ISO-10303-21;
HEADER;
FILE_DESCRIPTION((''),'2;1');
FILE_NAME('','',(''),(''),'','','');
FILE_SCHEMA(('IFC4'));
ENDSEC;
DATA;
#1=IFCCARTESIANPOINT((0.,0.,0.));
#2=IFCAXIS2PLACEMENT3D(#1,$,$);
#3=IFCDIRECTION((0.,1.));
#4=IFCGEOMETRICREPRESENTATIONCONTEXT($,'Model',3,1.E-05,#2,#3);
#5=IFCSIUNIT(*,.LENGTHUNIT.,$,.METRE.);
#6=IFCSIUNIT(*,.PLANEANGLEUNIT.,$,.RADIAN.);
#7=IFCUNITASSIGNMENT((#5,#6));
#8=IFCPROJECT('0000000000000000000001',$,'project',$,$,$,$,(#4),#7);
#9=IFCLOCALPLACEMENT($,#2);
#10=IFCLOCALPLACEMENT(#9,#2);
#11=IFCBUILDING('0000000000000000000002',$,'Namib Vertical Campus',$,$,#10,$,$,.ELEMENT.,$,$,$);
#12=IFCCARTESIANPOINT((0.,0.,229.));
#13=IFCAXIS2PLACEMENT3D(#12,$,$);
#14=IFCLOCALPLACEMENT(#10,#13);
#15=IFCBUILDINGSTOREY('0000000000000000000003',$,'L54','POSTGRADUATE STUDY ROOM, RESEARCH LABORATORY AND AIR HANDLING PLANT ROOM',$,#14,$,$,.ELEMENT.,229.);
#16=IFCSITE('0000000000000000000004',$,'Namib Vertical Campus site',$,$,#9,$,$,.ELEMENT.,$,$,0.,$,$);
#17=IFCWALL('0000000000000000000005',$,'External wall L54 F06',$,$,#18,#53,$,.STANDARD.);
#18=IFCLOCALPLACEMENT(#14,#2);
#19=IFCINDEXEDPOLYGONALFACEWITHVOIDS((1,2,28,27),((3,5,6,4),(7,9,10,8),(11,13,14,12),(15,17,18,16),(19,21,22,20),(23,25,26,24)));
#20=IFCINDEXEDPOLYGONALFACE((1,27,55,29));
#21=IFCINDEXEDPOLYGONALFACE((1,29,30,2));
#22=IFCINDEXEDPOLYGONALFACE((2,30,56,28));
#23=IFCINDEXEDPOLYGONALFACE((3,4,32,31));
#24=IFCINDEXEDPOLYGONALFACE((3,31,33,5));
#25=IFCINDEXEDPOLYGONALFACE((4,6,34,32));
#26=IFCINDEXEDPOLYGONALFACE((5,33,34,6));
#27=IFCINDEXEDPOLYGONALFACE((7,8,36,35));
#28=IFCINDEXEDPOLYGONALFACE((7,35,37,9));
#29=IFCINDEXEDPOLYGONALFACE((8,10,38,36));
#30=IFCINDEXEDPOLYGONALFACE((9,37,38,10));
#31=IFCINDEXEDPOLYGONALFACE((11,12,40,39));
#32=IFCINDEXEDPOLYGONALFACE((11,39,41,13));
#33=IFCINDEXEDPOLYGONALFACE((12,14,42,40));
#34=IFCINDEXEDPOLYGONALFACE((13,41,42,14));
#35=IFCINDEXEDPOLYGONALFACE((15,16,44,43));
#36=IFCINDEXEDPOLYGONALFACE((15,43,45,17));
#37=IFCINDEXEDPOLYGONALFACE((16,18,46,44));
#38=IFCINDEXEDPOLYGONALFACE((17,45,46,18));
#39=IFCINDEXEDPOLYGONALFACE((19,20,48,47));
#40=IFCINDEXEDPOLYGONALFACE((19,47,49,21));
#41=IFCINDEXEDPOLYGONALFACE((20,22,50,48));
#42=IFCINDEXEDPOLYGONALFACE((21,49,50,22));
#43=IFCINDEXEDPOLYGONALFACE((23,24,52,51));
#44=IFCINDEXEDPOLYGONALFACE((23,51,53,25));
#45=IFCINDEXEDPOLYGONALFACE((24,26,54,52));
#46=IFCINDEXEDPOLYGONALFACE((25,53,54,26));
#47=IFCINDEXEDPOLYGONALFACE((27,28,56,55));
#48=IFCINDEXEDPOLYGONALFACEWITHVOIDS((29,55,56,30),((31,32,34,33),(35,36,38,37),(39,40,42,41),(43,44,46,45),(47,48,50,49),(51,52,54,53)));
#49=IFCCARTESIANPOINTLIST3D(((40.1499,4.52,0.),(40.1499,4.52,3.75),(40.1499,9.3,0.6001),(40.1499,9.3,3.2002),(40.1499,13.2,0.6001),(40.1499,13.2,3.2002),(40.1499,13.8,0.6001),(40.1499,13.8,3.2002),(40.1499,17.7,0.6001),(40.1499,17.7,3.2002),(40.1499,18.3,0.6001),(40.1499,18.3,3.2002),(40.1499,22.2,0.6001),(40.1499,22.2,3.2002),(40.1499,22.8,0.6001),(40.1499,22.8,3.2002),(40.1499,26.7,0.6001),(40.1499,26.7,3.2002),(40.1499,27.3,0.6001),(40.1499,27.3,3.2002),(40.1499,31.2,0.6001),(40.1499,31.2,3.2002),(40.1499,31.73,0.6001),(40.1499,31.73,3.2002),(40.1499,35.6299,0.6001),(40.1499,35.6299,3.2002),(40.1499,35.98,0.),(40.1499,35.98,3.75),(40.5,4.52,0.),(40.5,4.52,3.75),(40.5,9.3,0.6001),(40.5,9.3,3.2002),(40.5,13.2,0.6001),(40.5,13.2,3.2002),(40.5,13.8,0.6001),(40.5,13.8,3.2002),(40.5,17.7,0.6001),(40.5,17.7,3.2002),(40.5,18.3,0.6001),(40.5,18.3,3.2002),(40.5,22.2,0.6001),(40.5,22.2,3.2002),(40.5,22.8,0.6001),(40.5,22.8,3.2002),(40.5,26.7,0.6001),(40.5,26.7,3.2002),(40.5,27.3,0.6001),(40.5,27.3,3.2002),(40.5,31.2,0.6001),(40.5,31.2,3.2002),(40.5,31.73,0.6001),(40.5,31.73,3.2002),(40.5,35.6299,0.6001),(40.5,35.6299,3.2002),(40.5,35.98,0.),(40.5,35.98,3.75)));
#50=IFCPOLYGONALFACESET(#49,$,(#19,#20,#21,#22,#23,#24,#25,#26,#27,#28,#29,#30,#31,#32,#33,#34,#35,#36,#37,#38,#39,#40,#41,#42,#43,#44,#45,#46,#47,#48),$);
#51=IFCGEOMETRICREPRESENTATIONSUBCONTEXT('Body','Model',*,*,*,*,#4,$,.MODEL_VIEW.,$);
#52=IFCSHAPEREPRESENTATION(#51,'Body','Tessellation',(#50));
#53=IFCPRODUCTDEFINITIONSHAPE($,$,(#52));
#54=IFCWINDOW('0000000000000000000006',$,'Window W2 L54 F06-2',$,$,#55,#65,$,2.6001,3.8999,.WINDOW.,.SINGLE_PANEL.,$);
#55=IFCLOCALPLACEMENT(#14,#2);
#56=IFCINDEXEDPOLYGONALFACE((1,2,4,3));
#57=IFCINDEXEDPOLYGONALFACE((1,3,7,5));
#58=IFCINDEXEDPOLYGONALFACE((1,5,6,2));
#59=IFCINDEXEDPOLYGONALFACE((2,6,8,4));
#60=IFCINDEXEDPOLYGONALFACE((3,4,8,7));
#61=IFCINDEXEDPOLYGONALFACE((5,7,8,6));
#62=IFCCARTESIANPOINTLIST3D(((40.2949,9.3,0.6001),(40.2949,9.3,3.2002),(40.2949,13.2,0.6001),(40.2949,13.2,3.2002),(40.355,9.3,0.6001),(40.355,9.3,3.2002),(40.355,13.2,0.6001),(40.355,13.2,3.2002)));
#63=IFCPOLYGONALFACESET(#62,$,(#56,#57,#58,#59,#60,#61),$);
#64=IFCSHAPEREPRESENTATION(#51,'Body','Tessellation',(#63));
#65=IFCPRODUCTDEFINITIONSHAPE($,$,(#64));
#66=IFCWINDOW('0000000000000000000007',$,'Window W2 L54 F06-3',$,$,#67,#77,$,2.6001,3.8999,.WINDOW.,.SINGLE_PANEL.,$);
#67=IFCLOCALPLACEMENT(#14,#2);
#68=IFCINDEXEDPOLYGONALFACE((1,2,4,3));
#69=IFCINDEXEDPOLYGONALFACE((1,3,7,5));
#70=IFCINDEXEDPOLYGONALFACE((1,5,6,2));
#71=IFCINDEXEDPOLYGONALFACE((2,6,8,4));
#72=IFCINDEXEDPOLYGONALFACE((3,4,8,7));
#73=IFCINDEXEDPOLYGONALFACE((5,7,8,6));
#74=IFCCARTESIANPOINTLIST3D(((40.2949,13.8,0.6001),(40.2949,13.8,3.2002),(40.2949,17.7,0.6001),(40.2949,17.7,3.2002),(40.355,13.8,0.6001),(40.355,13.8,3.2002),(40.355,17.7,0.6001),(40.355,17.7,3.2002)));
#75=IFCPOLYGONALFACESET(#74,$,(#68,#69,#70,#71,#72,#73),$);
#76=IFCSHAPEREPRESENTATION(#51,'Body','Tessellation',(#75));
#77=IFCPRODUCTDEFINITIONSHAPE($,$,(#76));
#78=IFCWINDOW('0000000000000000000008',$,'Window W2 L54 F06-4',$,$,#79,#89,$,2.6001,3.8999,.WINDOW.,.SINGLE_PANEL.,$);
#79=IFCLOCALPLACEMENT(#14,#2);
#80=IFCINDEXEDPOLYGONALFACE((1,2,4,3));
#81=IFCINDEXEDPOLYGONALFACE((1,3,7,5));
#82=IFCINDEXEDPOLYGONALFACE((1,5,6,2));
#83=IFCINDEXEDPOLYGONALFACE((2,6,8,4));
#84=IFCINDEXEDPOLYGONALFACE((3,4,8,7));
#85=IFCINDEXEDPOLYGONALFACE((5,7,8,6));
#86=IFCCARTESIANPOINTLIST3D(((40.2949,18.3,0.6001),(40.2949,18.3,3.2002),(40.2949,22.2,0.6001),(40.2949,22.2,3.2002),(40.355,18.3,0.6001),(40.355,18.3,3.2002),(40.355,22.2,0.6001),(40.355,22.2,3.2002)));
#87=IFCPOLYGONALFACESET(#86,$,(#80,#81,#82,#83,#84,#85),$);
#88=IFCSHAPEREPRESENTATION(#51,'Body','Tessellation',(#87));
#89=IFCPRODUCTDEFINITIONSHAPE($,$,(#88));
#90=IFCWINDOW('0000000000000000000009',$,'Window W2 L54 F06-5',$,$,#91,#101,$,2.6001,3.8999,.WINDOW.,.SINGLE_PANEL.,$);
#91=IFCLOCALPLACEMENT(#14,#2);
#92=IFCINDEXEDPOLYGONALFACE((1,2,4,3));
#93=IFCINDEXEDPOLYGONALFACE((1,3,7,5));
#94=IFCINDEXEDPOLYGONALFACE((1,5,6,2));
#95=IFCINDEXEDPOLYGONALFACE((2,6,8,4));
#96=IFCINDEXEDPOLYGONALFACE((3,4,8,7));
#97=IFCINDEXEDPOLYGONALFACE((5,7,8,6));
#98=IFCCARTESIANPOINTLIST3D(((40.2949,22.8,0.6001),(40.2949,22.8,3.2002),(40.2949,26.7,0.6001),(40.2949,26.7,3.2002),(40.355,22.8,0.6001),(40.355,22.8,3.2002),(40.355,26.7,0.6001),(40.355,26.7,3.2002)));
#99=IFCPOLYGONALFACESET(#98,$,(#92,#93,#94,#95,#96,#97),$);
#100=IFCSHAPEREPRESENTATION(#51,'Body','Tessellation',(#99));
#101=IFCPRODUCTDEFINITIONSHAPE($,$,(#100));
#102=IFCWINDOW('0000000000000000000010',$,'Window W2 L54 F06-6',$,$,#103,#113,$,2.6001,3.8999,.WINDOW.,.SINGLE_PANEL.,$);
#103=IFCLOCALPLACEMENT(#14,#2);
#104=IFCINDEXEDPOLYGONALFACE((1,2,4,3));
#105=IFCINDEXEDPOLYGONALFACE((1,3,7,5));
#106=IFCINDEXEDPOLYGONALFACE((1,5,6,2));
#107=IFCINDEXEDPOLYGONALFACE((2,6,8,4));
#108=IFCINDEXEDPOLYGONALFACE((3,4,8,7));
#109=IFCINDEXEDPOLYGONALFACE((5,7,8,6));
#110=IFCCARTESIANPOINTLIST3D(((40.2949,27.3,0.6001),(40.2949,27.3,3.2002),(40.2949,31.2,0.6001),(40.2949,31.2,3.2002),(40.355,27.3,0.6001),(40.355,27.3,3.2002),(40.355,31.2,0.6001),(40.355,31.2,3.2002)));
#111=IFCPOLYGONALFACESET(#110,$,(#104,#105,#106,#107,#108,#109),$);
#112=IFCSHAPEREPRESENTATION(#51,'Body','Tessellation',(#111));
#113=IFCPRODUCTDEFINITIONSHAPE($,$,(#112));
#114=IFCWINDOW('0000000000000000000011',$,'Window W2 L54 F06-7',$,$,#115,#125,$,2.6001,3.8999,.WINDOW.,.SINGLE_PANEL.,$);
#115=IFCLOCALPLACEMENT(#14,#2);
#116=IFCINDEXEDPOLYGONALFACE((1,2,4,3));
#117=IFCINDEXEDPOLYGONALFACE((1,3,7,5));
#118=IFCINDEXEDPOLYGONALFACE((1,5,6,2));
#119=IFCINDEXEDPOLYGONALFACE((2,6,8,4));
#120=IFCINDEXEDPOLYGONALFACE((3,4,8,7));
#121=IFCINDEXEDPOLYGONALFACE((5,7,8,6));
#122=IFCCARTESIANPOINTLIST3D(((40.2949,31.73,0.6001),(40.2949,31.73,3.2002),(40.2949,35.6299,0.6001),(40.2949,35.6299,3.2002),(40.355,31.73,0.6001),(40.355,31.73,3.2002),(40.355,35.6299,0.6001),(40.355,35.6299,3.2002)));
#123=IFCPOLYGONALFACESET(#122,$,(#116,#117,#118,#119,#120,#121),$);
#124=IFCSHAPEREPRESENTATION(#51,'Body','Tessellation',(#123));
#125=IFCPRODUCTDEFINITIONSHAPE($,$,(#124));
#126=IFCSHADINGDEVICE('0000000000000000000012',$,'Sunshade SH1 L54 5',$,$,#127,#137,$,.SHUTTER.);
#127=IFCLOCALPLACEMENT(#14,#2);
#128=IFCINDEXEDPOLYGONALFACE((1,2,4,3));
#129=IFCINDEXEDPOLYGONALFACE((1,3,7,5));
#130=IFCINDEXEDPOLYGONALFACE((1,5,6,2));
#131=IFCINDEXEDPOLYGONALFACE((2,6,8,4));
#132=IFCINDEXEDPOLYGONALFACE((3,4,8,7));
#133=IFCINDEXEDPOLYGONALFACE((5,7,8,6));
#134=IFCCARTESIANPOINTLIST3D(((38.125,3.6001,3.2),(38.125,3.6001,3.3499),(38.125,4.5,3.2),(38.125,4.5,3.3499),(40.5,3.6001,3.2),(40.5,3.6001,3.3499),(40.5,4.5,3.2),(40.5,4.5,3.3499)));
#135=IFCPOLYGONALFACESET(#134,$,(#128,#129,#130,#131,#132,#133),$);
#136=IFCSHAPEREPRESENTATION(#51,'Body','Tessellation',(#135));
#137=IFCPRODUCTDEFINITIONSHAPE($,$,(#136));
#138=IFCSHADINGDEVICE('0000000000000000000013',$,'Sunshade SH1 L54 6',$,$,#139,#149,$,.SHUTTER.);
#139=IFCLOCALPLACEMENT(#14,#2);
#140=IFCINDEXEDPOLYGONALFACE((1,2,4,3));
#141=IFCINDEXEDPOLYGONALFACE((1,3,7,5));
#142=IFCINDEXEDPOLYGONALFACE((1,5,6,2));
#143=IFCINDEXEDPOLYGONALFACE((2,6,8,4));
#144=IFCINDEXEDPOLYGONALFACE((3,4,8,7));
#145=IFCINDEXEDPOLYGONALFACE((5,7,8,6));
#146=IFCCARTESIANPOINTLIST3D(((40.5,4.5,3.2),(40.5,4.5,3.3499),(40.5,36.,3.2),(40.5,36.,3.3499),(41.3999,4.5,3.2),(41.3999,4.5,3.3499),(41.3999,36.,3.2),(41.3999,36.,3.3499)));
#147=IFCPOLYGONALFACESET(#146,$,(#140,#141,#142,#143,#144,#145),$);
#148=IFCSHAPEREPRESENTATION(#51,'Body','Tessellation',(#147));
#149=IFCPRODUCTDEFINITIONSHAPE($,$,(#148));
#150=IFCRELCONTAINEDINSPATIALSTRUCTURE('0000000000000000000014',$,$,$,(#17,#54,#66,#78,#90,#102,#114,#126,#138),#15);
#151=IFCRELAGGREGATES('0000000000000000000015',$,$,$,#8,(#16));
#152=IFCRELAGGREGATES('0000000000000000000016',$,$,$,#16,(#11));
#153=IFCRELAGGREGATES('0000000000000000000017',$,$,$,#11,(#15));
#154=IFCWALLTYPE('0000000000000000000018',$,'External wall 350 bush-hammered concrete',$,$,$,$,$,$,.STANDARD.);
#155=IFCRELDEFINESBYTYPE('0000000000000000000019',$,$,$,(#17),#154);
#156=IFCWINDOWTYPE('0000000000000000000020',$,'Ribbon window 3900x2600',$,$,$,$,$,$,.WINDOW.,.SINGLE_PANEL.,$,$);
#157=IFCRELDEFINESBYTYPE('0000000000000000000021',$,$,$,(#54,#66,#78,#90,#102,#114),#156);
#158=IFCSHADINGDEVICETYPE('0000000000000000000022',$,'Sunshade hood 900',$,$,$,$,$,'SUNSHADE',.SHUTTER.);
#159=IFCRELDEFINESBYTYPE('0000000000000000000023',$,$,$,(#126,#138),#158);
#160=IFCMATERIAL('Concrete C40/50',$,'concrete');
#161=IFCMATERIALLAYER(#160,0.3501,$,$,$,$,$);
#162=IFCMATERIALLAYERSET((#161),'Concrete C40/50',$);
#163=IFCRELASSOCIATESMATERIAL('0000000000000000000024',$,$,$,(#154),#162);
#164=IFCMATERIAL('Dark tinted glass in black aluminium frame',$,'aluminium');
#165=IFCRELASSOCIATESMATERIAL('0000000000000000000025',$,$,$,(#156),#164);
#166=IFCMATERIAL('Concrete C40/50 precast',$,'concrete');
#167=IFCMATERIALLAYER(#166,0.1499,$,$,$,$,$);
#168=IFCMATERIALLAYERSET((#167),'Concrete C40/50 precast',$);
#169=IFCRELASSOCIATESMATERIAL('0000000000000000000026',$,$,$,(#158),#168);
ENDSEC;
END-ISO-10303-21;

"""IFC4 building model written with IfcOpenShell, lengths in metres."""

from ifc_helpers import new_model, si_unit, direction, frame, frame_2d, origin, origin_2d, place, context, subcontext, project, spatial, rectangle, extrude, material, layer, layer_set, type_object, element, fill, save


model = new_model("IFC4")

# Units and contexts
model_context = context("Model", 3, precision=1e-05, world=origin(), true_north=direction((0.0, 1.0)))
body_context = subcontext(model_context, "Body", "Model", "MODEL_VIEW")
ifc_project = project(units=[si_unit("LENGTHUNIT", "METRE"), si_unit("PLANEANGLEUNIT", "RADIAN")], contexts=[model_context])

# Site, building, storey
site_placement = place(None, origin())
site = spatial("IfcSite", under=ifc_project, at=site_placement, Name="Namib Vertical Campus site", CompositionType="ELEMENT", RefElevation=0.0)
building_placement = place(site_placement, origin())
building = spatial("IfcBuilding", under=site, at=building_placement, Name="Namib Vertical Campus", CompositionType="ELEMENT")
storey_placement = place(building_placement, frame((0.0, 0.0, 229.0)))
storey = spatial("IfcBuildingStorey", under=building, at=storey_placement, Name="L54", Description="POSTGRADUATE STUDY ROOM, RESEARCH LABORATORY AND AIR HANDLING PLANT ROOM", CompositionType="ELEMENT", Elevation=229.0)

# Wall, openings, windows
ifc_material_1 = material(Name="Concrete C40/50", Category="concrete")
ifc_layer_1 = layer(ifc_material_1, 0.3501)
ifc_layer_set_1 = layer_set([ifc_layer_1], Name="Concrete C40/50")
wall_type_1 = type_object("IfcWallType", Name="External wall 350 bush-hammered concrete", PredefinedType="STANDARD", material=ifc_layer_set_1)
wall_1_placement = place(storey_placement, frame((40.325, 4.52, 0.0), z_axis=(0.0, 0.0, 1.0), x_axis=(0.0, 1.0, 0.0)))
wall_1 = element("IfcWall", 1, at=wall_1_placement, inside=storey, type_object=wall_type_1, Name="External wall L54 F06", PredefinedType="STANDARD", context=body_context, shape_type="SweptSolid", body=[
    extrude(rectangle(XDim=31.46, YDim=0.3501, at=frame_2d((15.73, 0.0))), origin(), (0.0, 0.0, 1.0), 3.75),
])
opening_1_placement = place(wall_1_placement, frame((4.78, 0.0, 0.6001)))
opening_1 = element("IfcOpeningElement", 2, at=opening_1_placement, cuts=wall_1, PredefinedType="OPENING", context=body_context, shape_type="SweptSolid", body=[
    extrude(rectangle(XDim=3.8999, YDim=2.6001, at=frame_2d((1.95, 1.3))), frame((0.0, 0.1851, 0.0), z_axis=(0.0, -1.0, 0.0), x_axis=(1.0, 0.0, 0.0)), (0.0, 0.0, 1.0), 0.3701),
])
opening_2_placement = place(wall_1_placement, frame((9.28, 0.0, 0.6001)))
opening_2 = element("IfcOpeningElement", 3, at=opening_2_placement, cuts=wall_1, PredefinedType="OPENING", context=body_context, shape_type="SweptSolid", body=[
    extrude(rectangle(XDim=3.8999, YDim=2.6001, at=frame_2d((1.95, 1.3))), frame((0.0, 0.1851, 0.0), z_axis=(0.0, -1.0, 0.0), x_axis=(1.0, 0.0, 0.0)), (0.0, 0.0, 1.0), 0.3701),
])
opening_3_placement = place(wall_1_placement, frame((13.78, 0.0, 0.6001)))
opening_3 = element("IfcOpeningElement", 4, at=opening_3_placement, cuts=wall_1, PredefinedType="OPENING", context=body_context, shape_type="SweptSolid", body=[
    extrude(rectangle(XDim=3.8999, YDim=2.6001, at=frame_2d((1.95, 1.3))), frame((0.0, 0.1851, 0.0), z_axis=(0.0, -1.0, 0.0), x_axis=(1.0, 0.0, 0.0)), (0.0, 0.0, 1.0), 0.3701),
])
opening_4_placement = place(wall_1_placement, frame((18.28, 0.0, 0.6001)))
opening_4 = element("IfcOpeningElement", 5, at=opening_4_placement, cuts=wall_1, PredefinedType="OPENING", context=body_context, shape_type="SweptSolid", body=[
    extrude(rectangle(XDim=3.8999, YDim=2.6001, at=frame_2d((1.95, 1.3))), frame((0.0, 0.1851, 0.0), z_axis=(0.0, -1.0, 0.0), x_axis=(1.0, 0.0, 0.0)), (0.0, 0.0, 1.0), 0.3701),
])
opening_5_placement = place(wall_1_placement, frame((22.78, 0.0, 0.6001)))
opening_5 = element("IfcOpeningElement", 6, at=opening_5_placement, cuts=wall_1, PredefinedType="OPENING", context=body_context, shape_type="SweptSolid", body=[
    extrude(rectangle(XDim=3.8999, YDim=2.6001, at=frame_2d((1.95, 1.3))), frame((0.0, 0.1851, 0.0), z_axis=(0.0, -1.0, 0.0), x_axis=(1.0, 0.0, 0.0)), (0.0, 0.0, 1.0), 0.3701),
])
opening_6_placement = place(wall_1_placement, frame((27.21, 0.0, 0.6001)))
opening_6 = element("IfcOpeningElement", 7, at=opening_6_placement, cuts=wall_1, PredefinedType="OPENING", context=body_context, shape_type="SweptSolid", body=[
    extrude(rectangle(XDim=3.8999, YDim=2.6001, at=frame_2d((1.95, 1.3))), frame((0.0, 0.1851, 0.0), z_axis=(0.0, -1.0, 0.0), x_axis=(1.0, 0.0, 0.0)), (0.0, 0.0, 1.0), 0.3701),
])
ifc_material_2 = material(Name="Dark tinted glass in black aluminium frame", Category="aluminium")
window_type_1 = type_object("IfcWindowType", Name="Ribbon window 3900x2600", PartitioningType="SINGLE_PANEL", PredefinedType="WINDOW", material=ifc_material_2)
window_1_placement = place(opening_1_placement, origin())
window_1 = element("IfcWindow", 8, at=window_1_placement, inside=storey, type_object=window_type_1, Name="Window W2 L54 F06-2", OverallHeight=2.6001, OverallWidth=3.8999, PartitioningType="SINGLE_PANEL", PredefinedType="WINDOW", context=body_context, shape_type="SweptSolid", body=[
    extrude(rectangle(XDim=3.8999, YDim=2.6001, at=frame_2d((1.95, 1.3))), frame((0.0, 0.03, 0.0), z_axis=(0.0, -1.0, 0.0), x_axis=(1.0, 0.0, 0.0)), (0.0, 0.0, 1.0), 0.0601),
])
fill(opening_1, window_1)
window_2_placement = place(opening_2_placement, origin())
window_2 = element("IfcWindow", 9, at=window_2_placement, inside=storey, type_object=window_type_1, Name="Window W2 L54 F06-3", OverallHeight=2.6001, OverallWidth=3.8999, PartitioningType="SINGLE_PANEL", PredefinedType="WINDOW", context=body_context, shape_type="SweptSolid", body=[
    extrude(rectangle(XDim=3.8999, YDim=2.6001, at=frame_2d((1.95, 1.3))), frame((0.0, 0.03, 0.0), z_axis=(0.0, -1.0, 0.0), x_axis=(1.0, 0.0, 0.0)), (0.0, 0.0, 1.0), 0.0601),
])
fill(opening_2, window_2)
window_3_placement = place(opening_3_placement, origin())
window_3 = element("IfcWindow", 10, at=window_3_placement, inside=storey, type_object=window_type_1, Name="Window W2 L54 F06-4", OverallHeight=2.6001, OverallWidth=3.8999, PartitioningType="SINGLE_PANEL", PredefinedType="WINDOW", context=body_context, shape_type="SweptSolid", body=[
    extrude(rectangle(XDim=3.8999, YDim=2.6001, at=frame_2d((1.95, 1.3))), frame((0.0, 0.03, 0.0), z_axis=(0.0, -1.0, 0.0), x_axis=(1.0, 0.0, 0.0)), (0.0, 0.0, 1.0), 0.0601),
])
fill(opening_3, window_3)
window_4_placement = place(opening_4_placement, origin())
window_4 = element("IfcWindow", 11, at=window_4_placement, inside=storey, type_object=window_type_1, Name="Window W2 L54 F06-5", OverallHeight=2.6001, OverallWidth=3.8999, PartitioningType="SINGLE_PANEL", PredefinedType="WINDOW", context=body_context, shape_type="SweptSolid", body=[
    extrude(rectangle(XDim=3.8999, YDim=2.6001, at=frame_2d((1.95, 1.3))), frame((0.0, 0.03, 0.0), z_axis=(0.0, -1.0, 0.0), x_axis=(1.0, 0.0, 0.0)), (0.0, 0.0, 1.0), 0.0601),
])
fill(opening_4, window_4)
window_5_placement = place(opening_5_placement, origin())
window_5 = element("IfcWindow", 12, at=window_5_placement, inside=storey, type_object=window_type_1, Name="Window W2 L54 F06-6", OverallHeight=2.6001, OverallWidth=3.8999, PartitioningType="SINGLE_PANEL", PredefinedType="WINDOW", context=body_context, shape_type="SweptSolid", body=[
    extrude(rectangle(XDim=3.8999, YDim=2.6001, at=frame_2d((1.95, 1.3))), frame((0.0, 0.03, 0.0), z_axis=(0.0, -1.0, 0.0), x_axis=(1.0, 0.0, 0.0)), (0.0, 0.0, 1.0), 0.0601),
])
fill(opening_5, window_5)
window_6_placement = place(opening_6_placement, origin())
window_6 = element("IfcWindow", 13, at=window_6_placement, inside=storey, type_object=window_type_1, Name="Window W2 L54 F06-7", OverallHeight=2.6001, OverallWidth=3.8999, PartitioningType="SINGLE_PANEL", PredefinedType="WINDOW", context=body_context, shape_type="SweptSolid", body=[
    extrude(rectangle(XDim=3.8999, YDim=2.6001, at=frame_2d((1.95, 1.3))), frame((0.0, 0.03, 0.0), z_axis=(0.0, -1.0, 0.0), x_axis=(1.0, 0.0, 0.0)), (0.0, 0.0, 1.0), 0.0601),
])
fill(opening_6, window_6)

# Shading devices
ifc_material_3 = material(Name="Concrete C40/50 precast", Category="concrete")
ifc_layer_2 = layer(ifc_material_3, 0.1499)
ifc_layer_set_2 = layer_set([ifc_layer_2], Name="Concrete C40/50 precast")
shading_device_type = type_object("IfcShadingDeviceType", Name="Sunshade hood 900", ElementType="SUNSHADE", PredefinedType="SHUTTER", material=ifc_layer_set_2)
shading_device_1_placement = place(storey_placement, frame((39.3125, 4.05, 3.2), z_axis=(0.0, 0.0, 1.0), x_axis=(1.0, 0.0, 0.0)))
element("IfcShadingDevice", 14, at=shading_device_1_placement, inside=storey, type_object=shading_device_type, Name="Sunshade SH1 L54 5", PredefinedType="SHUTTER", context=body_context, shape_type="SweptSolid", body=[
    extrude(rectangle(XDim=2.375, YDim=0.8999, at=origin_2d()), origin(), (0.0, 0.0, 1.0), 0.1499),
])
shading_device_2_placement = place(storey_placement, frame((40.95, 20.25, 3.2), z_axis=(0.0, 0.0, 1.0), x_axis=(0.0, 1.0, 0.0)))
element("IfcShadingDevice", 15, at=shading_device_2_placement, inside=storey, type_object=shading_device_type, Name="Sunshade SH1 L54 6", PredefinedType="SHUTTER", context=body_context, shape_type="SweptSolid", body=[
    extrude(rectangle(XDim=31.5, YDim=0.8999, at=origin_2d()), origin(), (0.0, 0.0, 1.0), 0.1499),
])

save(model, "model.ifc")
